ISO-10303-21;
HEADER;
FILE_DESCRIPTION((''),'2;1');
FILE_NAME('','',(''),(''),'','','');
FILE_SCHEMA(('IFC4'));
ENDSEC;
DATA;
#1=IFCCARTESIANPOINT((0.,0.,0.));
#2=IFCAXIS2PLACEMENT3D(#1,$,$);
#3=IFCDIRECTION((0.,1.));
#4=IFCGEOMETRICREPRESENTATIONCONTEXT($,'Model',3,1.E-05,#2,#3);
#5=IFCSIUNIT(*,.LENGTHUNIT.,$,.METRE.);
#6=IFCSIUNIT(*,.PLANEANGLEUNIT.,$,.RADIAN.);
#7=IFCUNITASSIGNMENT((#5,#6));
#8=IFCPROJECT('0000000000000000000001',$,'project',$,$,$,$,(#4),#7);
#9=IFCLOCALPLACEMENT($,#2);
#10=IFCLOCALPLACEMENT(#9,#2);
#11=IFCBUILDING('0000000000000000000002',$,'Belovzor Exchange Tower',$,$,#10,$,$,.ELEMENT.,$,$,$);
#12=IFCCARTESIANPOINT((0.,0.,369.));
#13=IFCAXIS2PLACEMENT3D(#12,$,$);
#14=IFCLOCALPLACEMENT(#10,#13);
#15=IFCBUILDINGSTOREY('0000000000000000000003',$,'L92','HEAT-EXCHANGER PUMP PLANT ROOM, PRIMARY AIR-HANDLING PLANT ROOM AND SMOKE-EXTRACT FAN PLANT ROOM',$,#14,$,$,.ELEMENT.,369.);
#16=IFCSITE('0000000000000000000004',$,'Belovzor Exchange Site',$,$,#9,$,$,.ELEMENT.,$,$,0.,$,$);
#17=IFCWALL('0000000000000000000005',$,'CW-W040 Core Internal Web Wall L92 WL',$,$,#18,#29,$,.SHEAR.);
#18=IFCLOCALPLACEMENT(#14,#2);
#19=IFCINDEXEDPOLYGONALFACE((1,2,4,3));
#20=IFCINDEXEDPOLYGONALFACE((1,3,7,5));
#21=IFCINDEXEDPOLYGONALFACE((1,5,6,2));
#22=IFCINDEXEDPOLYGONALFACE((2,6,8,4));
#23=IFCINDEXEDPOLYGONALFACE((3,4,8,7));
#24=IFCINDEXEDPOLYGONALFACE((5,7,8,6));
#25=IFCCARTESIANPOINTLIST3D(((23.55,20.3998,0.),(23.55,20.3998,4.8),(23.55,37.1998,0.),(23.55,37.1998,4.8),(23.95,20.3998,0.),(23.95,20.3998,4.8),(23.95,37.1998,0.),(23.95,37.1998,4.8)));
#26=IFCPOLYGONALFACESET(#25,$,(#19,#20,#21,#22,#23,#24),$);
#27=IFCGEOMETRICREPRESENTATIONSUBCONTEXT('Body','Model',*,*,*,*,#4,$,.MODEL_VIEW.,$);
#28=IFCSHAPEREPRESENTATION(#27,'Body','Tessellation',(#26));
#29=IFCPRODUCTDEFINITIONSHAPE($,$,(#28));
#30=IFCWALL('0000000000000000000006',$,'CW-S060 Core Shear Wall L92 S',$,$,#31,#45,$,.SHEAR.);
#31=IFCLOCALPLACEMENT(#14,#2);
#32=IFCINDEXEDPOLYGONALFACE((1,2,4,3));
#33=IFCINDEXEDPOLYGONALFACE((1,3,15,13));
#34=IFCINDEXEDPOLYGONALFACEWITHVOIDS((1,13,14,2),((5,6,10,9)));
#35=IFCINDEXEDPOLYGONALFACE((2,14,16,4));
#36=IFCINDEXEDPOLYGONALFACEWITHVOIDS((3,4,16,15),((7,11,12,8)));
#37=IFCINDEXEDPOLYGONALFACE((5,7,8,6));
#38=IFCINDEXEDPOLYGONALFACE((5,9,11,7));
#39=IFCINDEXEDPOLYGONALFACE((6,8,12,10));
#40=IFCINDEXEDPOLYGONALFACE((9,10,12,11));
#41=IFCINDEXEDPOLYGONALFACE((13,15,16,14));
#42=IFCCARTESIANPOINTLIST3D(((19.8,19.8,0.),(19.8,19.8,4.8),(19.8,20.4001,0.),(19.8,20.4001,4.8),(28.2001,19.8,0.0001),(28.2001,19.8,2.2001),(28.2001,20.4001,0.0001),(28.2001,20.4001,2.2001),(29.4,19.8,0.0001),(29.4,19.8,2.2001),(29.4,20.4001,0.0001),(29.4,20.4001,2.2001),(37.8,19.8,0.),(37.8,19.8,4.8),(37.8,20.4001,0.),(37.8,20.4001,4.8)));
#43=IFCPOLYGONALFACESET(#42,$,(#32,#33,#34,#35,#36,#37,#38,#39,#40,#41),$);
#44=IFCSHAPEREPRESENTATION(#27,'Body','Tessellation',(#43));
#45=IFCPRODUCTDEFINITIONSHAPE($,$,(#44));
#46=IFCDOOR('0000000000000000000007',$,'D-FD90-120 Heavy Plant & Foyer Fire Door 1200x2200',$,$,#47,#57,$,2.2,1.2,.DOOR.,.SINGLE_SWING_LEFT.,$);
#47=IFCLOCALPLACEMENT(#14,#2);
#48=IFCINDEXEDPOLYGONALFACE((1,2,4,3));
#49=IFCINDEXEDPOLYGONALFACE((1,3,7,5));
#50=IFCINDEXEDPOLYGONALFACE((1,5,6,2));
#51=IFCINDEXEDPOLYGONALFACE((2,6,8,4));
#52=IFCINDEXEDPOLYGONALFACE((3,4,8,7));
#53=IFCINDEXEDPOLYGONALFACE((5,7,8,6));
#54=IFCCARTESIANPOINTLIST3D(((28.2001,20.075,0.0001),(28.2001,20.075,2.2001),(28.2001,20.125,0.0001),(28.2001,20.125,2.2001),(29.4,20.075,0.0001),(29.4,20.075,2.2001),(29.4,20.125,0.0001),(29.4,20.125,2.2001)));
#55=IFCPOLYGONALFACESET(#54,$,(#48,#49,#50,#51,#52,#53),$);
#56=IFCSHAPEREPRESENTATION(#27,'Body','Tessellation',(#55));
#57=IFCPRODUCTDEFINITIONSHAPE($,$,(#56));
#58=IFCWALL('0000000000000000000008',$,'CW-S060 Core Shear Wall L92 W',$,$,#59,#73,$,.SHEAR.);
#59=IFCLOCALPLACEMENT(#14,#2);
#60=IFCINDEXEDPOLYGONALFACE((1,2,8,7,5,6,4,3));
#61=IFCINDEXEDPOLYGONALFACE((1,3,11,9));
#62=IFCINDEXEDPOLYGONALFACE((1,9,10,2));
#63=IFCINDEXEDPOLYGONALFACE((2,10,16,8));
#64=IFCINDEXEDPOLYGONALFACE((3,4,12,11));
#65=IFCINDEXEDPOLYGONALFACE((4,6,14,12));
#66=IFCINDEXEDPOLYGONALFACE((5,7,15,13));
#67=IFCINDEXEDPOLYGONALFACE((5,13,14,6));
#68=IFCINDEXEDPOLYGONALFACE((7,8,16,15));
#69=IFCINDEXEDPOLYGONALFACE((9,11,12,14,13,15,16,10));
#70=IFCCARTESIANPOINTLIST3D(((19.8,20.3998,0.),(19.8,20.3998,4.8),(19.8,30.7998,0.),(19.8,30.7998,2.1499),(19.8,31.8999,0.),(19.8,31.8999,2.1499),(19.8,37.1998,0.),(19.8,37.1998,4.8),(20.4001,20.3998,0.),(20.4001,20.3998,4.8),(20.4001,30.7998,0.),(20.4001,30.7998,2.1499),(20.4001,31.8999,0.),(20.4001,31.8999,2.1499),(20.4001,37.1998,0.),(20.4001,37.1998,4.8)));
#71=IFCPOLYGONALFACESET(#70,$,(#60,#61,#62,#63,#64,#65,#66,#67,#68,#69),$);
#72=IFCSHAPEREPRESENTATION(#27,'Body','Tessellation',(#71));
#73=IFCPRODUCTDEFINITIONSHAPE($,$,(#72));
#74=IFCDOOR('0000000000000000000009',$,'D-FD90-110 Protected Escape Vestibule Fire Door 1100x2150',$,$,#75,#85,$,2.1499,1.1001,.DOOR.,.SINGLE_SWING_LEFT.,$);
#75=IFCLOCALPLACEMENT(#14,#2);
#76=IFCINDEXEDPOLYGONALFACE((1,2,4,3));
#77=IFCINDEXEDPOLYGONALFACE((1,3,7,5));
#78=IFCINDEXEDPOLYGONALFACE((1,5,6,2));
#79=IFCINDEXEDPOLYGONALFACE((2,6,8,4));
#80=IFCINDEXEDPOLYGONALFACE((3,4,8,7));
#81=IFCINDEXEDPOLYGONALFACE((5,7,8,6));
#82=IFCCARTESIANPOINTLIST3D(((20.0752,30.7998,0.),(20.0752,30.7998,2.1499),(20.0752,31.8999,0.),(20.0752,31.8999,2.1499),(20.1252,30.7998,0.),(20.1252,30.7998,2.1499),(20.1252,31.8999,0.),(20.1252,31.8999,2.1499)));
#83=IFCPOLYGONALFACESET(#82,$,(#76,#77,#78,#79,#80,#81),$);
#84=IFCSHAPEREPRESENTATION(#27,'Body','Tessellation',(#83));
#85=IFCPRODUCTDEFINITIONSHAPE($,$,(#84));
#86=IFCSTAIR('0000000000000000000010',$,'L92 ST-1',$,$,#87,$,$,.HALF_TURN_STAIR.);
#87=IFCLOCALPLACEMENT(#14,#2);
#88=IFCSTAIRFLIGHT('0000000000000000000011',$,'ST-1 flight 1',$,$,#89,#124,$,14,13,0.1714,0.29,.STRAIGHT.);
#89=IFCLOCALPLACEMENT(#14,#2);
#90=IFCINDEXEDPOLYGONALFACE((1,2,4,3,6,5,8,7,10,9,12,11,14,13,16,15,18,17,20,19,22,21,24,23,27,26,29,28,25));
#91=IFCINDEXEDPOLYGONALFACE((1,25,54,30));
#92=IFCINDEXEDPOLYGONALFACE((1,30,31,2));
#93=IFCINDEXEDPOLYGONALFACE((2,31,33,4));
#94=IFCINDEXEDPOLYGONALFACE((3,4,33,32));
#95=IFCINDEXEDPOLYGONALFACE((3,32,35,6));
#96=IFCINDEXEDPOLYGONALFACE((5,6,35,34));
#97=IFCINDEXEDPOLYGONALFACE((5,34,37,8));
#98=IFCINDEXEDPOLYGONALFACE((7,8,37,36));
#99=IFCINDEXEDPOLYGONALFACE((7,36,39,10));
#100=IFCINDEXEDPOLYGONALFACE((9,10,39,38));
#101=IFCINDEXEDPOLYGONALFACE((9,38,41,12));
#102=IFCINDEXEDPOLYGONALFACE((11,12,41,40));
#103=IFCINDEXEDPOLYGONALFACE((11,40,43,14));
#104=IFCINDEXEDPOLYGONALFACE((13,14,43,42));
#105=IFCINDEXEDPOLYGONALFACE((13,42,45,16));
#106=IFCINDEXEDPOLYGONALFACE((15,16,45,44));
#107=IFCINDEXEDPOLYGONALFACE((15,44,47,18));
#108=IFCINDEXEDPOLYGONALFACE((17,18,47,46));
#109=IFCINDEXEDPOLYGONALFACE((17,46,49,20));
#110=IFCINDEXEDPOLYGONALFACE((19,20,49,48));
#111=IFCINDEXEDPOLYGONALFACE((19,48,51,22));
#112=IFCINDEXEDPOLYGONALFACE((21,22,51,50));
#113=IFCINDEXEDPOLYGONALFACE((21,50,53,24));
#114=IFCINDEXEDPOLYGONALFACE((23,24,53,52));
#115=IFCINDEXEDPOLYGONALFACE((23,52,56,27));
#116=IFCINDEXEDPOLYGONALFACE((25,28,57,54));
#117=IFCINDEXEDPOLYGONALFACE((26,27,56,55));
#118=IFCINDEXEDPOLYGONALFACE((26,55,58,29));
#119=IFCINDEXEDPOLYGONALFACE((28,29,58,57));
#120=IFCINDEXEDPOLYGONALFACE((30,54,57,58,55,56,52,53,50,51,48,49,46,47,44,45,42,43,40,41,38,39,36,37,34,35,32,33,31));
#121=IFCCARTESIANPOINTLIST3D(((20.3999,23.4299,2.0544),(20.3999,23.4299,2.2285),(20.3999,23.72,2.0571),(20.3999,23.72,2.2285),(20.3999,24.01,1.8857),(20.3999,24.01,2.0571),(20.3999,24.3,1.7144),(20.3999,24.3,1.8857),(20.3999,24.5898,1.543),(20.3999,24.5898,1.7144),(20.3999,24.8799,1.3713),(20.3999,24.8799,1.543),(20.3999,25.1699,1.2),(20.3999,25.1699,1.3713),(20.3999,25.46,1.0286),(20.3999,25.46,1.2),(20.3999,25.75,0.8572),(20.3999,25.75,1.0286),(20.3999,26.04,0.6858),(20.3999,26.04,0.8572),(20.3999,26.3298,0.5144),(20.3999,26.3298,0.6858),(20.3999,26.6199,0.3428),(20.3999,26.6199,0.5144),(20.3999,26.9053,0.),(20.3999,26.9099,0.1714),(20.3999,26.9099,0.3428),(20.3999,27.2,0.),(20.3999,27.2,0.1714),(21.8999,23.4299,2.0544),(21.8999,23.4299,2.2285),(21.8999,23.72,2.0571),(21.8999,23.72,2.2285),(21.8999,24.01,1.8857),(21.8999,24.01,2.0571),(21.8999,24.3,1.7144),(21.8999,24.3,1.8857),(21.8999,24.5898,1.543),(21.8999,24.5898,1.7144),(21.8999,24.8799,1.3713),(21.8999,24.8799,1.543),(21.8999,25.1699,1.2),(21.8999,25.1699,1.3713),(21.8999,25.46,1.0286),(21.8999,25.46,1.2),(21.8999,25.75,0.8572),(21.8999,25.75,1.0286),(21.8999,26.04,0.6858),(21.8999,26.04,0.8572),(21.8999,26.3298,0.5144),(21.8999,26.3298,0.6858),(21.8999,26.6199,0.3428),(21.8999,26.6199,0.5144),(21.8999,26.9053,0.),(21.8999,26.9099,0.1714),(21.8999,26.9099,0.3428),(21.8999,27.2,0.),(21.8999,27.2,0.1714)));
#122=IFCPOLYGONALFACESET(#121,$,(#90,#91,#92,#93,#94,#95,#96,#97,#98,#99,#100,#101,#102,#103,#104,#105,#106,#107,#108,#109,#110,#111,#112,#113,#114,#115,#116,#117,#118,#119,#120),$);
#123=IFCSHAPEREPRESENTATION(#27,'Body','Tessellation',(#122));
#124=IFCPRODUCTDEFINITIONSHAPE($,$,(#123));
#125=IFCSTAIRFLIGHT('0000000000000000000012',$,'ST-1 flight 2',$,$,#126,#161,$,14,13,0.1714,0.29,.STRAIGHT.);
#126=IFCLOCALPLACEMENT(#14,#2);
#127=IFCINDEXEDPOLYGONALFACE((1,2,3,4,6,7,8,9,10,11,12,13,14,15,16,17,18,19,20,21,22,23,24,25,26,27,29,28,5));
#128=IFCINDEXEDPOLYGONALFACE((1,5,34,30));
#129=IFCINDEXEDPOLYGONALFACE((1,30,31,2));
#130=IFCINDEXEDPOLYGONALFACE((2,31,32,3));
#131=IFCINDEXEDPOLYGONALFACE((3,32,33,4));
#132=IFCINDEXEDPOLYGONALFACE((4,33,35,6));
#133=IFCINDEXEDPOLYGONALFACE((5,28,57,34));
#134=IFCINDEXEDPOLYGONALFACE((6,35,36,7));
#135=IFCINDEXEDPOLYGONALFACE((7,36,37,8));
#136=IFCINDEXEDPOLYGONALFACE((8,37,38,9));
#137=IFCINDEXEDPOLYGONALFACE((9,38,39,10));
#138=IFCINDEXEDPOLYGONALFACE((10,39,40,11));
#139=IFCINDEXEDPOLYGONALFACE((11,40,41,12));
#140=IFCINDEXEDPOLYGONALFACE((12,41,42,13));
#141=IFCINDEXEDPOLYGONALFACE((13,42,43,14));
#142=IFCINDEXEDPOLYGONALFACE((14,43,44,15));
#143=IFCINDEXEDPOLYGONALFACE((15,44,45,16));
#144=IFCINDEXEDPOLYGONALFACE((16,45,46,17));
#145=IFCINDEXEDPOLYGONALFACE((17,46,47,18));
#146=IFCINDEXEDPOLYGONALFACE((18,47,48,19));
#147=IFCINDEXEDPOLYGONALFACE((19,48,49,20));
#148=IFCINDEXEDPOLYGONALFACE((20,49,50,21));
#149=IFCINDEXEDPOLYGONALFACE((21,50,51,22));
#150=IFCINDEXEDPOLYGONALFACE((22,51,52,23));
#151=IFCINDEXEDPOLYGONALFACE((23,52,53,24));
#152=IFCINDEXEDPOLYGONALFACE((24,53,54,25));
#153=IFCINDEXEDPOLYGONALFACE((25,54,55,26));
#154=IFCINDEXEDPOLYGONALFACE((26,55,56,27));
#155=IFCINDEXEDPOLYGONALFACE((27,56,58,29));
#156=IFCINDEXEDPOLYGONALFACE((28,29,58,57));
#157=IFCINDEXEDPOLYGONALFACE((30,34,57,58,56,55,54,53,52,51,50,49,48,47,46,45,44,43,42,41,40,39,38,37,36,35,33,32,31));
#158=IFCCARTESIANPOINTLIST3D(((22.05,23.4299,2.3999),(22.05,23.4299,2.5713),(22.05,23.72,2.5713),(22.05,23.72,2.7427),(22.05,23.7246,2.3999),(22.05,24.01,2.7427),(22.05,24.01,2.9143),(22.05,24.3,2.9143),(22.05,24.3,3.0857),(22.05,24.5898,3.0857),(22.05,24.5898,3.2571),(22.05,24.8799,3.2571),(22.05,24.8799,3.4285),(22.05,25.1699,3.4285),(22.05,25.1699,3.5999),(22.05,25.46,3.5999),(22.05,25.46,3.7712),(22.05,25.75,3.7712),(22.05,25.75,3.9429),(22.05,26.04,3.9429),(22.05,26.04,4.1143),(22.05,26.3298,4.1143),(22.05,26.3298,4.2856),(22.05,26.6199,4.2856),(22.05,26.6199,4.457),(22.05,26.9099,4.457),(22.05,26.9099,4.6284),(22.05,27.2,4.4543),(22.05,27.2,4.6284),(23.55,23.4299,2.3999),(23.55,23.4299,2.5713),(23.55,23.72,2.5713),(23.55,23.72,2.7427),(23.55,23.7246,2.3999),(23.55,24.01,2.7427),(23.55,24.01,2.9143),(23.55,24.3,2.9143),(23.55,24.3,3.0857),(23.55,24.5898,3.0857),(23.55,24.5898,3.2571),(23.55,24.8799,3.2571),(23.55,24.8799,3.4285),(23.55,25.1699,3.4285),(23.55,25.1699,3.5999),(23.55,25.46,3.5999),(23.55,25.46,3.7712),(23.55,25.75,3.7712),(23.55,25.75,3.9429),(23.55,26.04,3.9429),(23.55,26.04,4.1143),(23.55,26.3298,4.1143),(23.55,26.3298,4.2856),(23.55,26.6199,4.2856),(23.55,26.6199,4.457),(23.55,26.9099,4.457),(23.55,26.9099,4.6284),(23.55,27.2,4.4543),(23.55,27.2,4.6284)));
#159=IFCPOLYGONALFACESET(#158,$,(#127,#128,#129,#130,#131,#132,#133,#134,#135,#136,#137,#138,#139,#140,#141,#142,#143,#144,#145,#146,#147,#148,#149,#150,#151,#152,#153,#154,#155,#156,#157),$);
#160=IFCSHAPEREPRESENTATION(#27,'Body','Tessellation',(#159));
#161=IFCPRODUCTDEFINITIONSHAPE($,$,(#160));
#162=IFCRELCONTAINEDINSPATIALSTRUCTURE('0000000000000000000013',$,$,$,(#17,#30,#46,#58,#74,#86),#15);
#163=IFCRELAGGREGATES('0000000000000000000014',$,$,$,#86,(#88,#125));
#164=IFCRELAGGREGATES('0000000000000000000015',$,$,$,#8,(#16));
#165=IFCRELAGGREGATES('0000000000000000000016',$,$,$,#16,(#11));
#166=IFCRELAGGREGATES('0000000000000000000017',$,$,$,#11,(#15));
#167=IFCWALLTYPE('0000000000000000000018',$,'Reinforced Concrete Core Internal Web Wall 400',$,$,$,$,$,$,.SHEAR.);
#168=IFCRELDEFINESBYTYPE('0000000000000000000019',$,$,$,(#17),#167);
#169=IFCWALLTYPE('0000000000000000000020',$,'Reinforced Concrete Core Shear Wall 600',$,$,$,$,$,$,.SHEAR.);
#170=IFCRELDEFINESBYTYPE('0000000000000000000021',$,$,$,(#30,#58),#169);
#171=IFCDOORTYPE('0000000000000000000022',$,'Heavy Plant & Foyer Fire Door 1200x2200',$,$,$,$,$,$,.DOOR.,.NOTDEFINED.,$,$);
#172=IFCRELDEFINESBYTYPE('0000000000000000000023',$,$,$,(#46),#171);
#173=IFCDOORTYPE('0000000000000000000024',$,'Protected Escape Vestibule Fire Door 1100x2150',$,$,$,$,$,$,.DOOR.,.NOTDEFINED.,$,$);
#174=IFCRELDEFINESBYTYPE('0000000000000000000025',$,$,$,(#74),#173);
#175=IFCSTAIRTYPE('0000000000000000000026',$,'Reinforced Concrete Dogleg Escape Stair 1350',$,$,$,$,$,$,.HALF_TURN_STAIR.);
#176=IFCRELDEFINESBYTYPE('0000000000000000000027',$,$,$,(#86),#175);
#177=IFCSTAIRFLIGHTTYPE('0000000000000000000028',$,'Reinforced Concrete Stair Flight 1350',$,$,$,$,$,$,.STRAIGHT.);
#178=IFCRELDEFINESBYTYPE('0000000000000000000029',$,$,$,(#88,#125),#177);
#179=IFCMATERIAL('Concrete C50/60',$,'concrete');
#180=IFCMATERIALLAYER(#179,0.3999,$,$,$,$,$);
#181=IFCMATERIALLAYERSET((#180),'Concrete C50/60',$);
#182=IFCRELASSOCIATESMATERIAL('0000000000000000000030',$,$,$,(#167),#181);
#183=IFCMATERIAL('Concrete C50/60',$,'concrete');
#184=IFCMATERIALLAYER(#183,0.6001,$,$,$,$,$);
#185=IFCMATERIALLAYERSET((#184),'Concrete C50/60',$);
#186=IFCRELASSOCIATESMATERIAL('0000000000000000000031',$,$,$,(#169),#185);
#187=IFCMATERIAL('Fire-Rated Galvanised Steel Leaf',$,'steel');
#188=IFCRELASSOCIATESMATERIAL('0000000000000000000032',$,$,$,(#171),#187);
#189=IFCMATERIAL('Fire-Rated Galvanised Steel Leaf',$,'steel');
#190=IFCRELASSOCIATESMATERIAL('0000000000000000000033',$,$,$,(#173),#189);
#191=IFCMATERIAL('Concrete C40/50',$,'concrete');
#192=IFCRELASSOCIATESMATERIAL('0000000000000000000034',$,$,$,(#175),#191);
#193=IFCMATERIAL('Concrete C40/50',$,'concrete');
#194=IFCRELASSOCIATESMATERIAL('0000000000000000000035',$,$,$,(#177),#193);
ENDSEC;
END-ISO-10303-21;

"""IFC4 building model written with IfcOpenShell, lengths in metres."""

from ifc_helpers import new_model, si_unit, direction, frame, frame_2d, origin, place, context, subcontext, project, spatial, polyline, rectangle, outline, extrude, material, layer, layer_set, type_object, element, fill, aggregate, save


model = new_model("IFC4")

# Units and contexts
model_context = context("Model", 3, precision=1e-05, world=origin(), true_north=direction((0.0, 1.0)))
body_context = subcontext(model_context, "Body", "Model", "MODEL_VIEW")
ifc_project = project(units=[si_unit("LENGTHUNIT", "METRE"), si_unit("PLANEANGLEUNIT", "RADIAN")], contexts=[model_context])

# Site, building, storey
site_placement = place(None, origin())
site = spatial("IfcSite", under=ifc_project, at=site_placement, Name="Belovzor Exchange Site", CompositionType="ELEMENT", RefElevation=0.0)
building_placement = place(site_placement, origin())
building = spatial("IfcBuilding", under=site, at=building_placement, Name="Belovzor Exchange Tower", CompositionType="ELEMENT")
storey_placement = place(building_placement, frame((0.0, 0.0, 369.0)))
storey = spatial("IfcBuildingStorey", under=building, at=storey_placement, Name="L92", Description="HEAT-EXCHANGER PUMP PLANT ROOM, PRIMARY AIR-HANDLING PLANT ROOM AND SMOKE-EXTRACT FAN PLANT ROOM", CompositionType="ELEMENT", Elevation=369.0)

# Wall
ifc_material_1 = material(Name="Concrete C50/60", Category="concrete")
ifc_layer_1 = layer(ifc_material_1, 0.3999)
ifc_layer_set_1 = layer_set([ifc_layer_1], Name="Concrete C50/60")
wall_type_1 = type_object("IfcWallType", Name="Reinforced Concrete Core Internal Web Wall 400", PredefinedType="SHEAR", material=ifc_layer_set_1)
wall_1_placement = place(storey_placement, frame((23.75, 20.3999, 0.0), z_axis=(0.0, 0.0, 1.0), x_axis=(0.0, 1.0, 0.0)))
element("IfcWall", 1, at=wall_1_placement, inside=storey, type_object=wall_type_1, Name="CW-W040 Core Internal Web Wall L92 WL", PredefinedType="SHEAR", context=body_context, shape_type="SweptSolid", body=[
    extrude(rectangle(XDim=16.8, YDim=0.3999, at=frame_2d((8.3999, 0.0))), origin(), (0.0, 0.0, 1.0), 4.8),
])

# Walls, openings, doors
ifc_material_2 = material(Name="Concrete C50/60", Category="concrete")
ifc_layer_2 = layer(ifc_material_2, 0.6001)
ifc_layer_set_2 = layer_set([ifc_layer_2], Name="Concrete C50/60")
wall_type_2 = type_object("IfcWallType", Name="Reinforced Concrete Core Shear Wall 600", PredefinedType="SHEAR", material=ifc_layer_set_2)
wall_2_placement = place(storey_placement, frame((19.8, 20.1001, 0.0), z_axis=(0.0, 0.0, 1.0), x_axis=(1.0, 0.0, 0.0)))
wall_2 = element("IfcWall", 2, at=wall_2_placement, inside=storey, type_object=wall_type_2, Name="CW-S060 Core Shear Wall L92 S", PredefinedType="SHEAR", context=body_context, shape_type="SweptSolid", body=[
    extrude(rectangle(XDim=18.0, YDim=0.6001, at=frame_2d((9.0, 0.0))), origin(), (0.0, 0.0, 1.0), 4.8),
])
opening_1_placement = place(wall_2_placement, frame((8.3999, 0.0, 0.0)))
opening_1 = element("IfcOpeningElement", 3, at=opening_1_placement, cuts=wall_2, PredefinedType="OPENING", context=body_context, shape_type="SweptSolid", body=[
    extrude(rectangle(XDim=1.2, YDim=2.2, at=frame_2d((0.6001, 1.1001))), frame((0.0, 0.3101, 0.0), z_axis=(0.0, -1.0, 0.0), x_axis=(1.0, 0.0, 0.0)), (0.0, 0.0, 1.0), 0.6201),
])
ifc_material_3 = material(Name="Fire-Rated Galvanised Steel Leaf", Category="steel")
door_type_1 = type_object("IfcDoorType", Name="Heavy Plant & Foyer Fire Door 1200x2200", OperationType="NOTDEFINED", PredefinedType="DOOR", material=ifc_material_3)
door_1_placement = place(opening_1_placement, origin())
door_1 = element("IfcDoor", 4, at=door_1_placement, inside=storey, type_object=door_type_1, Name="D-FD90-120 Heavy Plant & Foyer Fire Door 1200x2200", OperationType="SINGLE_SWING_LEFT", OverallHeight=2.2, OverallWidth=1.2, PredefinedType="DOOR", context=body_context, shape_type="SweptSolid", body=[
    extrude(rectangle(XDim=1.2, YDim=2.2, at=frame_2d((0.6001, 1.1001))), frame((0.0, 0.0249, 0.0), z_axis=(0.0, -1.0, 0.0), x_axis=(1.0, 0.0, 0.0)), (0.0, 0.0, 1.0), 0.05),
])
fill(opening_1, door_1)
wall_3_placement = place(storey_placement, frame((20.1001, 20.3999, 0.0), z_axis=(0.0, 0.0, 1.0), x_axis=(0.0, 1.0, 0.0)))
wall_3 = element("IfcWall", 5, at=wall_3_placement, inside=storey, type_object=wall_type_2, Name="CW-S060 Core Shear Wall L92 W", PredefinedType="SHEAR", context=body_context, shape_type="SweptSolid", body=[
    extrude(rectangle(XDim=16.8, YDim=0.6001, at=frame_2d((8.3999, 0.0))), origin(), (0.0, 0.0, 1.0), 4.8),
])
opening_2_placement = place(wall_3_placement, frame((10.3999, 0.0, 0.0)))
opening_2 = element("IfcOpeningElement", 6, at=opening_2_placement, cuts=wall_3, PredefinedType="OPENING", context=body_context, shape_type="SweptSolid", body=[
    extrude(rectangle(XDim=1.1001, YDim=2.1499, at=frame_2d((0.55, 1.075))), frame((0.0, 0.3101, 0.0), z_axis=(0.0, -1.0, 0.0), x_axis=(1.0, 0.0, 0.0)), (0.0, 0.0, 1.0), 0.6201),
])
ifc_material_4 = material(Name="Fire-Rated Galvanised Steel Leaf", Category="steel")
door_type_2 = type_object("IfcDoorType", Name="Protected Escape Vestibule Fire Door 1100x2150", OperationType="NOTDEFINED", PredefinedType="DOOR", material=ifc_material_4)
door_2_placement = place(opening_2_placement, origin())
door_2 = element("IfcDoor", 7, at=door_2_placement, inside=storey, type_object=door_type_2, Name="D-FD90-110 Protected Escape Vestibule Fire Door 1100x2150", OperationType="SINGLE_SWING_LEFT", OverallHeight=2.1499, OverallWidth=1.1001, PredefinedType="DOOR", context=body_context, shape_type="SweptSolid", body=[
    extrude(rectangle(XDim=1.1001, YDim=2.1499, at=frame_2d((0.55, 1.075))), frame((0.0, 0.0249, 0.0), z_axis=(0.0, -1.0, 0.0), x_axis=(1.0, 0.0, 0.0)), (0.0, 0.0, 1.0), 0.05),
])
fill(opening_2, door_2)

# Stair, stair flights
ifc_material_5 = material(Name="Concrete C40/50", Category="concrete")
stair_type = type_object("IfcStairType", Name="Reinforced Concrete Dogleg Escape Stair 1350", PredefinedType="HALF_TURN_STAIR", material=ifc_material_5)
stair_placement = place(storey_placement, origin())
stair = element("IfcStair", 8, at=stair_placement, inside=storey, type_object=stair_type, Name="L92 ST-1", PredefinedType="HALF_TURN_STAIR")
ifc_material_6 = material(Name="Concrete C40/50", Category="concrete")
stair_flight_type = type_object("IfcStairFlightType", Name="Reinforced Concrete Stair Flight 1350", PredefinedType="STRAIGHT", material=ifc_material_6)
stair_flight_1_placement = place(storey_placement, frame((21.1499, 27.2, 0.0), z_axis=(0.0, 0.0, 1.0), x_axis=(0.0, -1.0, 0.0)))
stair_flight_1 = element("IfcStairFlight", 9, at=stair_flight_1_placement, type_object=stair_flight_type, Name="ST-1 flight 1", NumberOfRisers=14, NumberOfTreads=13, PredefinedType="STRAIGHT", RiserHeight=0.1714, TreadLength=0.29, context=body_context, shape_type="SweptSolid", body=[
    extrude(outline(polyline([(0.0, 0.0), (0.0, 0.1714), (0.29, 0.1714), (0.29, 0.3428), (0.5801, 0.3428), (0.5801, 0.5144), (0.8701, 0.5144), (0.8701, 0.6858), (1.1599, 0.6858), (1.1599, 0.8572), (1.45, 0.8572), (1.45, 1.0286), (1.74, 1.0286), (1.74, 1.2), (2.03, 1.2), (2.03, 1.3713), (2.3201, 1.3713), (2.3201, 1.543), (2.6101, 1.543), (2.6101, 1.7144), (2.8999, 1.7144), (2.8999, 1.8857), (3.1899, 1.8857), (3.1899, 2.0571), (3.48, 2.0571), (3.48, 2.2285), (3.77, 2.2285), (3.77, 2.3999), (3.77, 2.0544), (0.2947, 0.0), (0.0, 0.0)])), frame((0.0, 0.75, 0.0), z_axis=(0.0, -1.0, 0.0), x_axis=(1.0, 0.0, 0.0)), (0.0, 0.0, 1.0), 1.5),
])
stair_flight_2_placement = place(storey_placement, frame((22.8, 23.4299, 2.3999), z_axis=(0.0, 0.0, 1.0), x_axis=(0.0, 1.0, 0.0)))
stair_flight_2 = element("IfcStairFlight", 10, at=stair_flight_2_placement, type_object=stair_flight_type, Name="ST-1 flight 2", NumberOfRisers=14, NumberOfTreads=13, PredefinedType="STRAIGHT", RiserHeight=0.1714, TreadLength=0.29, context=body_context, shape_type="SweptSolid", body=[
    extrude(outline(polyline([(0.0, 0.0), (0.0, 0.1714), (0.29, 0.1714), (0.29, 0.3428), (0.5801, 0.3428), (0.5801, 0.5144), (0.8701, 0.5144), (0.8701, 0.6858), (1.1599, 0.6858), (1.1599, 0.8572), (1.45, 0.8572), (1.45, 1.0286), (1.74, 1.0286), (1.74, 1.2), (2.03, 1.2), (2.03, 1.3713), (2.3201, 1.3713), (2.3201, 1.543), (2.6101, 1.543), (2.6101, 1.7144), (2.8999, 1.7144), (2.8999, 1.8857), (3.1899, 1.8857), (3.1899, 2.0571), (3.48, 2.0571), (3.48, 2.2285), (3.77, 2.2285), (3.77, 2.3999), (3.77, 2.0544), (0.2947, 0.0), (0.0, 0.0)])), frame((0.0, 0.75, 0.0), z_axis=(0.0, -1.0, 0.0), x_axis=(1.0, 0.0, 0.0)), (0.0, 0.0, 1.0), 1.5),
])
aggregate(stair, [stair_flight_1, stair_flight_2])

save(model, "model.ifc")
